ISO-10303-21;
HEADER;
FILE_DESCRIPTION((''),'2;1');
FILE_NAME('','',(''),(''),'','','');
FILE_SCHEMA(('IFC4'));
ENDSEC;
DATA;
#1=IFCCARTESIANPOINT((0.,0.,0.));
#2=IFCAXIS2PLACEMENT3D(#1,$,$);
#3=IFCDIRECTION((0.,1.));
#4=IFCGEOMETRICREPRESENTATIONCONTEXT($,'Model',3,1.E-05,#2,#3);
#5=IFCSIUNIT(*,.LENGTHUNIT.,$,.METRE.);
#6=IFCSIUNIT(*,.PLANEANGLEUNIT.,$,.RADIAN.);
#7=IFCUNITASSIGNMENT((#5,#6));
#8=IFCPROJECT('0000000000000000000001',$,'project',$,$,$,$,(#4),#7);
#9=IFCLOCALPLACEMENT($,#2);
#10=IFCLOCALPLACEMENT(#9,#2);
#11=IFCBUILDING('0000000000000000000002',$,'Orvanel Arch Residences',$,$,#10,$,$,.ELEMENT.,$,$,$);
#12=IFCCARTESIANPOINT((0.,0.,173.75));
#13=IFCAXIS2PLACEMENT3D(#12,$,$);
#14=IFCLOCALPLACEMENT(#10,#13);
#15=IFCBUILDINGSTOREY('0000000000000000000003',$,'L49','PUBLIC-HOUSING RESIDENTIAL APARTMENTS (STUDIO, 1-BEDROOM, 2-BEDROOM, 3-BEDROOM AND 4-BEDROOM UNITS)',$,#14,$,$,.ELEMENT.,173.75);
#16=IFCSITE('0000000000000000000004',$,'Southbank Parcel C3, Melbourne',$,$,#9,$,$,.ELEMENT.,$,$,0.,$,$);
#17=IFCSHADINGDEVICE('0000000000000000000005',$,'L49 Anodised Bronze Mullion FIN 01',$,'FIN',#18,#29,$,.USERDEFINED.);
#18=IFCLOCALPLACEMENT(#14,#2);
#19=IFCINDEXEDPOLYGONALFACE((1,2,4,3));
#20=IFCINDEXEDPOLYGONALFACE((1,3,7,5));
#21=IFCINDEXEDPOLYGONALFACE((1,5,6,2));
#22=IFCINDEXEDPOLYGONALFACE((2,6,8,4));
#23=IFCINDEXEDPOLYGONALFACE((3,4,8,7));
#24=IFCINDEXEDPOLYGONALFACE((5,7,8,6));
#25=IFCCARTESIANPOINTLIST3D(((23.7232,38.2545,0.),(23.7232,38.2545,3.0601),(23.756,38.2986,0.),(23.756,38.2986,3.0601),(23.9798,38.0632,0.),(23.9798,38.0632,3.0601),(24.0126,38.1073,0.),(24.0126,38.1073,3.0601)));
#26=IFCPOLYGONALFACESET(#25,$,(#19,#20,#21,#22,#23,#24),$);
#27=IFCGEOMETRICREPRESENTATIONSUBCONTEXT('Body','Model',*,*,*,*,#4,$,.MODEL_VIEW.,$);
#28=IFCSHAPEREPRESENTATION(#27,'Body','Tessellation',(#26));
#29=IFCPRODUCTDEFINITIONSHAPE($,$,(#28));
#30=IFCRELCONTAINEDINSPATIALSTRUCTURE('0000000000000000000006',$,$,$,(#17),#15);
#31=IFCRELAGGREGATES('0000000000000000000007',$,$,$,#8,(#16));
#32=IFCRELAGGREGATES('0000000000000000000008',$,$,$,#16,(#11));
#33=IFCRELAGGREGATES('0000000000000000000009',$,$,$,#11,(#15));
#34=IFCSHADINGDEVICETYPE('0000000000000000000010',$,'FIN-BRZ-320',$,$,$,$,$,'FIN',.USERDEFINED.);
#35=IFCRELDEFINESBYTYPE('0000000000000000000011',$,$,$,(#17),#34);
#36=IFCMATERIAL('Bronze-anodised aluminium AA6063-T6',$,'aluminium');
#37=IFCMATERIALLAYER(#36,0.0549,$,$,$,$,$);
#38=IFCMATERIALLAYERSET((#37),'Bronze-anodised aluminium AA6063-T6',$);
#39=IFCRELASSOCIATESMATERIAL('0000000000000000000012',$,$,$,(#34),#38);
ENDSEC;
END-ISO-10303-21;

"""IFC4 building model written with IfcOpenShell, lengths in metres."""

from ifc_helpers import new_model, si_unit, direction, frame, origin, origin_2d, place, context, subcontext, project, spatial, rectangle, extrude, material, layer, layer_set, type_object, element, save


model = new_model("IFC4")

# Units and contexts
model_context = context("Model", 3, precision=1e-05, world=origin(), true_north=direction((0.0, 1.0)))
body_context = subcontext(model_context, "Body", "Model", "MODEL_VIEW")
ifc_project = project(units=[si_unit("LENGTHUNIT", "METRE"), si_unit("PLANEANGLEUNIT", "RADIAN")], contexts=[model_context])

# Site, building, storey
site_placement = place(None, origin())
site = spatial("IfcSite", under=ifc_project, at=site_placement, Name="Southbank Parcel C3, Melbourne", CompositionType="ELEMENT", RefElevation=0.0)
building_placement = place(site_placement, origin())
building = spatial("IfcBuilding", under=site, at=building_placement, Name="Orvanel Arch Residences", CompositionType="ELEMENT")
storey_placement = place(building_placement, frame((0.0, 0.0, 173.75)))
storey = spatial("IfcBuildingStorey", under=building, at=storey_placement, Name="L49", Description="PUBLIC-HOUSING RESIDENTIAL APARTMENTS (STUDIO, 1-BEDROOM, 2-BEDROOM, 3-BEDROOM AND 4-BEDROOM UNITS)", CompositionType="ELEMENT", Elevation=173.75)

# Shared definitions
ifc_material_1 = material(Name="Bronze-anodised aluminium AA6063-T6", Category="aluminium")

# Shading device
ifc_layer_1 = layer(ifc_material_1, 0.0549)
ifc_layer_set_1 = layer_set([ifc_layer_1], Name="Bronze-anodised aluminium AA6063-T6")
shading_device_type = type_object("IfcShadingDeviceType", Name="FIN-BRZ-320", ElementType="FIN", PredefinedType="USERDEFINED", material=ifc_layer_set_1)
shading_device_placement = place(storey_placement, frame((23.8679, 38.1809, 0.0), z_axis=(0.0, 0.0, 1.0), x_axis=(-0.801776, 0.597625, 0.0)))
element("IfcShadingDevice", 1, at=shading_device_placement, inside=storey, type_object=shading_device_type, Name="L49 Anodised Bronze Mullion FIN 01", ObjectType="FIN", PredefinedType="USERDEFINED", context=body_context, shape_type="SweptSolid", body=[
    extrude(rectangle(XDim=0.3201, YDim=0.0549, at=origin_2d()), origin(), (0.0, 0.0, 1.0), 3.0601),
])

save(model, "model.ifc")
